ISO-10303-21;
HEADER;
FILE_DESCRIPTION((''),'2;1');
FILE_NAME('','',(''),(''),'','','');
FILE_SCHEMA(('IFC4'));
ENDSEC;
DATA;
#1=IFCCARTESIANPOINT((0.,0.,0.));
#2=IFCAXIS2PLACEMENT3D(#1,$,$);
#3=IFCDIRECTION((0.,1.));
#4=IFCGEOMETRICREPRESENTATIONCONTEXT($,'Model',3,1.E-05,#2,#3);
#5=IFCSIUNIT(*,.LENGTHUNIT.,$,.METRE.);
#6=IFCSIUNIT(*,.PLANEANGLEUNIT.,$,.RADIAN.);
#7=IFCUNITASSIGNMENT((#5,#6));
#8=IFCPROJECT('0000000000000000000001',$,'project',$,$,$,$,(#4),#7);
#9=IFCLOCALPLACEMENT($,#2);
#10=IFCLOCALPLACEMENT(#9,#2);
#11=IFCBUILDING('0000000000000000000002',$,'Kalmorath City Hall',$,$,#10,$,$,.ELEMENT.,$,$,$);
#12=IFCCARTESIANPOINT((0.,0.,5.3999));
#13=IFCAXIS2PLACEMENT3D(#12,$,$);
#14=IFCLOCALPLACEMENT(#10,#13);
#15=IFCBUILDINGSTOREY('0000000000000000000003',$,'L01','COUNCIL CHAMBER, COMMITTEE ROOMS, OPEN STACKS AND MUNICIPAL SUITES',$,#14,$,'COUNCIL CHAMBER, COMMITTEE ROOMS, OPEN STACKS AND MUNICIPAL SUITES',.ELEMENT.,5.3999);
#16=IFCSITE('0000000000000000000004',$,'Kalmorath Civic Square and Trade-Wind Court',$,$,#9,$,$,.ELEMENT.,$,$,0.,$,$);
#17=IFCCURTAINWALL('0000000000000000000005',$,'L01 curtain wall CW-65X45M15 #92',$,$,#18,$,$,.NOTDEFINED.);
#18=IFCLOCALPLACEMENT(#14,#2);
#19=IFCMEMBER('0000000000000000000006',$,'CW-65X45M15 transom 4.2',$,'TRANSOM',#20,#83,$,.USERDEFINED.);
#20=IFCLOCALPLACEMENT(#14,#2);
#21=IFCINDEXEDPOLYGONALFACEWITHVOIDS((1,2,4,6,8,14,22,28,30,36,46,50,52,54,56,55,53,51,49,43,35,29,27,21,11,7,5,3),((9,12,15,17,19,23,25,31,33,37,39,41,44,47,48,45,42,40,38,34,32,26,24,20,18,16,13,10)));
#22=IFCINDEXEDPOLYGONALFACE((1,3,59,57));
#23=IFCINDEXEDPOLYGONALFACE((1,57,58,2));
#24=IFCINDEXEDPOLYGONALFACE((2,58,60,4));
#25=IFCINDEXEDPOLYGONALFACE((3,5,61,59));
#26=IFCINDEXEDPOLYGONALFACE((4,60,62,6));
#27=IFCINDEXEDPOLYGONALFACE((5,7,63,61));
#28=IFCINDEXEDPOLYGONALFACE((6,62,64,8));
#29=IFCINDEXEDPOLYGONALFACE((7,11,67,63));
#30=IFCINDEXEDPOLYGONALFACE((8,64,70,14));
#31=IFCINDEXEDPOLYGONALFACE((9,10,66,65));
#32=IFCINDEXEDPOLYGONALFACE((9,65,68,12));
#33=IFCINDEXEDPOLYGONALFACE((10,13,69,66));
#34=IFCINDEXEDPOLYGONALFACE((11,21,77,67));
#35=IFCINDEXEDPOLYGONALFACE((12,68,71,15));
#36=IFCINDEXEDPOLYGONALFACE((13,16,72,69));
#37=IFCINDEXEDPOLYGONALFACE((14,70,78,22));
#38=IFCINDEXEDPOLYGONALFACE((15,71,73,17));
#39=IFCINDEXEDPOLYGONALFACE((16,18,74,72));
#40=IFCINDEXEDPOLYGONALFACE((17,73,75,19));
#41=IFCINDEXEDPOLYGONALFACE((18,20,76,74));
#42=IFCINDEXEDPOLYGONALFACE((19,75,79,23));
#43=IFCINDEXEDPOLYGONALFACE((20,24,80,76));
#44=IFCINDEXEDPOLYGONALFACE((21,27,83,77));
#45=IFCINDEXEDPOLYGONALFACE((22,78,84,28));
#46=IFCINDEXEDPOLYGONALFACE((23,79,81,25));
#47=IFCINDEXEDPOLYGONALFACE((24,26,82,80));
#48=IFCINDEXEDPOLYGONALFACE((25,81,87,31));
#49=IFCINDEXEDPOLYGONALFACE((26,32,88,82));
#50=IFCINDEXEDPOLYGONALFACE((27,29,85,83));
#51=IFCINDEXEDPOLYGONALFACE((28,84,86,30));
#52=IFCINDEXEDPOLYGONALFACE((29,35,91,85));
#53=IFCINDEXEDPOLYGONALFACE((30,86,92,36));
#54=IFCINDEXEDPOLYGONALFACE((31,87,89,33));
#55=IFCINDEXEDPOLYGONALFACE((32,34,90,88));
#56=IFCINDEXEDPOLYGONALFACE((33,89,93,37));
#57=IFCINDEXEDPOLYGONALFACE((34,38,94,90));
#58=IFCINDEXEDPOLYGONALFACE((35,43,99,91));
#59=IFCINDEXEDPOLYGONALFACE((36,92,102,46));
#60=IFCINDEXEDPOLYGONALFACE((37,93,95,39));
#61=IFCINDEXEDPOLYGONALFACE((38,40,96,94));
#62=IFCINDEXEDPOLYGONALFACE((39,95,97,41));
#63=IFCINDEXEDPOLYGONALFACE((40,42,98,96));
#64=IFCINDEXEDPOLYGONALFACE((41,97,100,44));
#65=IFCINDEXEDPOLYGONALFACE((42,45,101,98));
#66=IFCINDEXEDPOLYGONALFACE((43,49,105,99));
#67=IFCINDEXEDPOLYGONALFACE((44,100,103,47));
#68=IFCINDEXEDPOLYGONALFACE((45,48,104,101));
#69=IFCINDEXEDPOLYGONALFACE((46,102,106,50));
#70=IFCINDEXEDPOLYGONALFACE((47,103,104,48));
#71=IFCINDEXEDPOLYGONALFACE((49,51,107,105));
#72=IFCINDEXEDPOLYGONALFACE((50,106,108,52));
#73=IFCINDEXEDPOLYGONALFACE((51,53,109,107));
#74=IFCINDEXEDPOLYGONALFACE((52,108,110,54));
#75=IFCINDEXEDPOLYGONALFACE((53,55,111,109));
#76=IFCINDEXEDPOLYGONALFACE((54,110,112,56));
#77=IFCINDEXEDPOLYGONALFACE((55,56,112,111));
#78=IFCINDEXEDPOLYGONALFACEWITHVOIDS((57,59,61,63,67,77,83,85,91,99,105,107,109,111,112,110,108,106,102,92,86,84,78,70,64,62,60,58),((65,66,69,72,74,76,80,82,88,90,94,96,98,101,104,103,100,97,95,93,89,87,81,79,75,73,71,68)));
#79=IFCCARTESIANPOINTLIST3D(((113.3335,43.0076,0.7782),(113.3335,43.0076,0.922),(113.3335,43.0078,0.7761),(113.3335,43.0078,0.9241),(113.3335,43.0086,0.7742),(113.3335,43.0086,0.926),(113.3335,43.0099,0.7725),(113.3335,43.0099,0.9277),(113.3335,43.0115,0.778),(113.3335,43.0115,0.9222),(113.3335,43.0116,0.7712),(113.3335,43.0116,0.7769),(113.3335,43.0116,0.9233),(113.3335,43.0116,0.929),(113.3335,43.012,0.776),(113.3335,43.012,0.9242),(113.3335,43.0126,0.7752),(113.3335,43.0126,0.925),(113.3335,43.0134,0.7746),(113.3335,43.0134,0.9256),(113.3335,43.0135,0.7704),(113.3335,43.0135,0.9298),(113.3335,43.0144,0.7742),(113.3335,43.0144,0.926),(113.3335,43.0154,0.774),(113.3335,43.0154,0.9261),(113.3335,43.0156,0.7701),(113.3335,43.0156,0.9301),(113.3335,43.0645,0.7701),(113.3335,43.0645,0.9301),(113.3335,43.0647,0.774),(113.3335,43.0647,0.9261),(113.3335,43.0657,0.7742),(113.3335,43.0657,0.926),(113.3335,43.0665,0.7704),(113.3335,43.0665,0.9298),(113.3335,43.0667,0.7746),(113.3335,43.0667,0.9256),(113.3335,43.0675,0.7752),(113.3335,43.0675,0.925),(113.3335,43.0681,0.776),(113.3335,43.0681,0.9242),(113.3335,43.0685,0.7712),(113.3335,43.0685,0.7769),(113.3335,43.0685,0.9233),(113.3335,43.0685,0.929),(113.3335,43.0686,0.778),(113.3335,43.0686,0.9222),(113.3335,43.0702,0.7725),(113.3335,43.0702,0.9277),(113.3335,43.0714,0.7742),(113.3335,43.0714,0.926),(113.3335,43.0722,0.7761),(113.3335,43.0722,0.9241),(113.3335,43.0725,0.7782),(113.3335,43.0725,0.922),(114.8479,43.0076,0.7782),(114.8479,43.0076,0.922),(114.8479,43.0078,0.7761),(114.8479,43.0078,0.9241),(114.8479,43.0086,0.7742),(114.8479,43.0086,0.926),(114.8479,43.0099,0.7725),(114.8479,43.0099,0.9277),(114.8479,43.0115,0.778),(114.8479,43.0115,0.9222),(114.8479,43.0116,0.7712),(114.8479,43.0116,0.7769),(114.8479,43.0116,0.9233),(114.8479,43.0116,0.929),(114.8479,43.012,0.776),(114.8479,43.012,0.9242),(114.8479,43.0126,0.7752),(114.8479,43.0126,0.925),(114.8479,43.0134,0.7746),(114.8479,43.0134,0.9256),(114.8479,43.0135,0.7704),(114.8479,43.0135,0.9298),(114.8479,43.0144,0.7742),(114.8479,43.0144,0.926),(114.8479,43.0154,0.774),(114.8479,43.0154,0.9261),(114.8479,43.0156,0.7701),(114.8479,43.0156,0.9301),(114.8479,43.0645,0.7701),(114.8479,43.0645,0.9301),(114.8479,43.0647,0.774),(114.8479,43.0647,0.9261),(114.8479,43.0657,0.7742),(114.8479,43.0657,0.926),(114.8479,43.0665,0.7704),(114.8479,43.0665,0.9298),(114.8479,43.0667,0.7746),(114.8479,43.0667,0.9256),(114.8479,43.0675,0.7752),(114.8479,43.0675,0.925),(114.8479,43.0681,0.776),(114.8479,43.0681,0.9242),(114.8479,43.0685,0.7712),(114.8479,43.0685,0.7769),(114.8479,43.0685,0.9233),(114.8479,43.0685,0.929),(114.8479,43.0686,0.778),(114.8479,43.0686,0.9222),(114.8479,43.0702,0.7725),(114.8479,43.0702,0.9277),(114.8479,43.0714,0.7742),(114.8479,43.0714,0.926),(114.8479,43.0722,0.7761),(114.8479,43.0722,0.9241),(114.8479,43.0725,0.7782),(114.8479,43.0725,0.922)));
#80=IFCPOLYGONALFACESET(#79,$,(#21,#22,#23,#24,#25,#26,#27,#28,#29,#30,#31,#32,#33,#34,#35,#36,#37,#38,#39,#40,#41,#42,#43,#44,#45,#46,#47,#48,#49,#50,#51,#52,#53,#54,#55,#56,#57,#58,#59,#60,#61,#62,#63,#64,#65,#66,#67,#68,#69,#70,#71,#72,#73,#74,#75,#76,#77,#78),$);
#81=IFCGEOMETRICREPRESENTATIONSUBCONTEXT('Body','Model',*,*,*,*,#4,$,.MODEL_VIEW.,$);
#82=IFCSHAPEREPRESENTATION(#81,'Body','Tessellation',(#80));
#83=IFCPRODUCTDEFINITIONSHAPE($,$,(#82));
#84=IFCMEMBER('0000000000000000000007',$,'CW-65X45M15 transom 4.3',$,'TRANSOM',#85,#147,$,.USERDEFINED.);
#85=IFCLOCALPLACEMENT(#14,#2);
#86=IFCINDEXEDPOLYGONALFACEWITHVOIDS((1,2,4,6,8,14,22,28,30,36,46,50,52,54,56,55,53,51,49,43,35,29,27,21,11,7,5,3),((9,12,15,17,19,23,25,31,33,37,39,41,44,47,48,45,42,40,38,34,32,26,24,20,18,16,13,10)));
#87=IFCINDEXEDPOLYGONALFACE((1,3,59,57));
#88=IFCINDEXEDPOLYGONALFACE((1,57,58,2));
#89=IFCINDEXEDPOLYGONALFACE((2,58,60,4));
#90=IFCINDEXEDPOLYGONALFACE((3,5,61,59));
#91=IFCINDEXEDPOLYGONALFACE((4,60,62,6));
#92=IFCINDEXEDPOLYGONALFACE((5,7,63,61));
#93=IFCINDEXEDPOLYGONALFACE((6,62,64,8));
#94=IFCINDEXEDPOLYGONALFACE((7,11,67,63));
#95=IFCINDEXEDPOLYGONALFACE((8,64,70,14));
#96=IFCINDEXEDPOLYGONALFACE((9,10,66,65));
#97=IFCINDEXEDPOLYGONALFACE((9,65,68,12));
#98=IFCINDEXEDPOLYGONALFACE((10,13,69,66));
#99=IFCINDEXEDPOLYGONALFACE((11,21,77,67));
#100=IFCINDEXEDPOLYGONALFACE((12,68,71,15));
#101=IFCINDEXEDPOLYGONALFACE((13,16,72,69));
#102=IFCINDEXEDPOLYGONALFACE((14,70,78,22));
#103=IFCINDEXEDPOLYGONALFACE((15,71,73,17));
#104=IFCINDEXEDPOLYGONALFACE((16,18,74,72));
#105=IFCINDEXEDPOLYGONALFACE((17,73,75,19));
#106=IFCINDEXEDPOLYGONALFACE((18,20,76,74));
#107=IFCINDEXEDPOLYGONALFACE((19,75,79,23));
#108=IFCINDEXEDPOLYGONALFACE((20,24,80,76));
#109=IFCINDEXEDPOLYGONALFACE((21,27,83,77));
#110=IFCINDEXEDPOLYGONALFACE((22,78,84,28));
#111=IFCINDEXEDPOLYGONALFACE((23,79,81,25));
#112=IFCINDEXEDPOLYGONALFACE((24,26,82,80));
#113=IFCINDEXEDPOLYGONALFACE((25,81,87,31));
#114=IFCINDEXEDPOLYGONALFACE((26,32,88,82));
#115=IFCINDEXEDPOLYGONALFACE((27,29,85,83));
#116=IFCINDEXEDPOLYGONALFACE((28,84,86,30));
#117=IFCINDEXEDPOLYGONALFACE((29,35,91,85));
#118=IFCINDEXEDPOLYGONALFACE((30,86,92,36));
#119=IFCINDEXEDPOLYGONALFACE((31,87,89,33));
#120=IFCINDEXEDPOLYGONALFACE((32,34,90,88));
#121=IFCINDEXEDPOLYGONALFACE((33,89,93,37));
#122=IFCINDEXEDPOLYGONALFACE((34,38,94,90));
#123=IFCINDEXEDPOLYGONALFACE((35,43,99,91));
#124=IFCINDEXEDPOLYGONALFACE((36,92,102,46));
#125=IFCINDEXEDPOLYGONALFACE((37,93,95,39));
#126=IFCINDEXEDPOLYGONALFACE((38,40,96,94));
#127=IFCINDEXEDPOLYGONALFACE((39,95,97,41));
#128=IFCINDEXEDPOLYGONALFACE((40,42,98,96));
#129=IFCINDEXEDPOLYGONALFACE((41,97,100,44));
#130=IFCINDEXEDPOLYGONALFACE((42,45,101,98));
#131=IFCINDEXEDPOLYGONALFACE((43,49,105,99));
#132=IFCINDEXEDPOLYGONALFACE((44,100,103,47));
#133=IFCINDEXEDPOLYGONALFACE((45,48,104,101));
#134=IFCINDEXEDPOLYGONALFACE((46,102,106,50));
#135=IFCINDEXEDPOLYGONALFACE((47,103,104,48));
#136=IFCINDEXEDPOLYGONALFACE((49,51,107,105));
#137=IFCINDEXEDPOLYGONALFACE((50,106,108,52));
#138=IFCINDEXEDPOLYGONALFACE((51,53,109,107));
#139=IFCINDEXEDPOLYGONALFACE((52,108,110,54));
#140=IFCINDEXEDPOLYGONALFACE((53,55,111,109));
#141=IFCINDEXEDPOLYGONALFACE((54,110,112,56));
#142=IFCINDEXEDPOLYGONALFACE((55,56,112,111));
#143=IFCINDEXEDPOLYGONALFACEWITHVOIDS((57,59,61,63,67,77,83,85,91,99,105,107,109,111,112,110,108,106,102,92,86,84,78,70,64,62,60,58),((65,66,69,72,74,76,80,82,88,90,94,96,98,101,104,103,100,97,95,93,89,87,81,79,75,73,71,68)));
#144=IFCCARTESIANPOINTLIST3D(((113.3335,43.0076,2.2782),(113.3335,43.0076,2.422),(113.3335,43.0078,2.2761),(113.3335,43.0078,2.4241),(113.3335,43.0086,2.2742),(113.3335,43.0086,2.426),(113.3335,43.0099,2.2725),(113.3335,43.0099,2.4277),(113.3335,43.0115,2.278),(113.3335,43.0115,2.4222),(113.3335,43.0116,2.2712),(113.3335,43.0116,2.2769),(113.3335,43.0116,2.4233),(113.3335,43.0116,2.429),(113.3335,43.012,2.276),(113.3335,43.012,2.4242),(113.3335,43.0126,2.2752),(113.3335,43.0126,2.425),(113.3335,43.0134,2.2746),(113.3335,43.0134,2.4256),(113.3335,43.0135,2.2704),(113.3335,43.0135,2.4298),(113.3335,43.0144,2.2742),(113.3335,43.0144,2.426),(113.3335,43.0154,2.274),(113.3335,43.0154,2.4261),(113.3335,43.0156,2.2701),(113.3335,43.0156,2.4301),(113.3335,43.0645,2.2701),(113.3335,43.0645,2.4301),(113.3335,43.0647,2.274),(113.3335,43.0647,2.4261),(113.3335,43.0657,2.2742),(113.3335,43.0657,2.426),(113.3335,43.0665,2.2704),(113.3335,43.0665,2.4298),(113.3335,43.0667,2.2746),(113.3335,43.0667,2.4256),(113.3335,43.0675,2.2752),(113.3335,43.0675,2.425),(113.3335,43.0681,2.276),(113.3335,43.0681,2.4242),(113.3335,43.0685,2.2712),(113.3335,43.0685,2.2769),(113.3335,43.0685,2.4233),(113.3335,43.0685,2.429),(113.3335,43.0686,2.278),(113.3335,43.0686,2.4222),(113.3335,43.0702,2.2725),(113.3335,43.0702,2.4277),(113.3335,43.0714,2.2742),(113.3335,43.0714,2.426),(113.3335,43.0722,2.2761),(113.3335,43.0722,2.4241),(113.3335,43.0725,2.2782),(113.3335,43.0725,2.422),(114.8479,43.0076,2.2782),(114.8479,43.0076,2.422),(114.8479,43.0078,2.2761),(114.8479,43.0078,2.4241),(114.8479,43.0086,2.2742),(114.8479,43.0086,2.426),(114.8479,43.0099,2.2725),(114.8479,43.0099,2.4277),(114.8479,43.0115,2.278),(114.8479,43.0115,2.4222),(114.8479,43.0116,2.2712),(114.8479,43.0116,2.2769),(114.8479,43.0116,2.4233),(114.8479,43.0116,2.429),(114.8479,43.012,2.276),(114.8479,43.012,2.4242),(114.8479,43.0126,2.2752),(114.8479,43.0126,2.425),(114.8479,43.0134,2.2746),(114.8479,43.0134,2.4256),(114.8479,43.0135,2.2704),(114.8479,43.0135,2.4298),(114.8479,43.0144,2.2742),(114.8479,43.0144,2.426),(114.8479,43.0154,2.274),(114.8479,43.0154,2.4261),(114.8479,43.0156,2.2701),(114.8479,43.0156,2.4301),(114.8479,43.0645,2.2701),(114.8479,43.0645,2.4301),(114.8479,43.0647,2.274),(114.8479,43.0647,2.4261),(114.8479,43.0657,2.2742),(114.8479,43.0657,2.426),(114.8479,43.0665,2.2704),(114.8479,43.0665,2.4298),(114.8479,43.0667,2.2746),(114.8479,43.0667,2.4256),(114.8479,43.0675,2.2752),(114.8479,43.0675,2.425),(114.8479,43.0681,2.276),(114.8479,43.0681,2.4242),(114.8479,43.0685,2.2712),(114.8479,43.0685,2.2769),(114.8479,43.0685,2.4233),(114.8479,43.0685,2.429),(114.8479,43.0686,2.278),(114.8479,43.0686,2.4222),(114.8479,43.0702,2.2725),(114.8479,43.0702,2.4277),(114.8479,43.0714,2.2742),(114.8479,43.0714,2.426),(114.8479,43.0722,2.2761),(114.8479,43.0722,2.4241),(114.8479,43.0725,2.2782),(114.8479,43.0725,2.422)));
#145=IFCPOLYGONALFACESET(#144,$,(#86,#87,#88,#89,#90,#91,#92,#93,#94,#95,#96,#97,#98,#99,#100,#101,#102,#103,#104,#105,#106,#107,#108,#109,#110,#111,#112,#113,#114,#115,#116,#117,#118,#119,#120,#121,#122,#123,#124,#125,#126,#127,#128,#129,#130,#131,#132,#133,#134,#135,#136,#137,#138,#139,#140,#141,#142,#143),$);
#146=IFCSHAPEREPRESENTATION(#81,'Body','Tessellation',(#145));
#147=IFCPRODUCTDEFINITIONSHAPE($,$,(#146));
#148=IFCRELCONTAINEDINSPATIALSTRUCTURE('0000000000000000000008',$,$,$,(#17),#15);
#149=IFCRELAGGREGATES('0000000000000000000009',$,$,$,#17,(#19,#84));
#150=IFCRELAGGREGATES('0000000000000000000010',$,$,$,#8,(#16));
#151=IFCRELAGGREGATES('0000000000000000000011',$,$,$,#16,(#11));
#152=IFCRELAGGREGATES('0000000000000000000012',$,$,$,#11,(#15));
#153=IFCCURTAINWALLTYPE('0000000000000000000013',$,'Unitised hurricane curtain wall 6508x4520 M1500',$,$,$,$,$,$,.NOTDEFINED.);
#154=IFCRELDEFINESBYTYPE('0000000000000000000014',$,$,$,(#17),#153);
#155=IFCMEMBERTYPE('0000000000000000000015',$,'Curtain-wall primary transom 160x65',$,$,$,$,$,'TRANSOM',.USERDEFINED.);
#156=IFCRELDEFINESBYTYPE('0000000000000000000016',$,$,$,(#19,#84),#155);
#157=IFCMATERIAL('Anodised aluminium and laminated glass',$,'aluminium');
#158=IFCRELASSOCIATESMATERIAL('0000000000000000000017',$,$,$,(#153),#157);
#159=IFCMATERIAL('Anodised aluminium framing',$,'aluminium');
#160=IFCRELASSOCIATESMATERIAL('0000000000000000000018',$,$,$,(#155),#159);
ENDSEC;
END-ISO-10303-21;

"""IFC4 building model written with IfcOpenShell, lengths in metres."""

from ifc_helpers import new_model, si_unit, direction, frame, origin, origin_2d, place, context, subcontext, project, spatial, hollow_rectangle, extrude, material, material_profile, profile_set, type_object, element, aggregate, save


model = new_model("IFC4")

# Units and contexts
model_context = context("Model", 3, precision=1e-05, world=origin(), true_north=direction((0.0, 1.0)))
body_context = subcontext(model_context, "Body", "Model", "MODEL_VIEW")
ifc_project = project(units=[si_unit("LENGTHUNIT", "METRE"), si_unit("PLANEANGLEUNIT", "RADIAN")], contexts=[model_context])

# Site, building, storey
site_placement = place(None, origin())
site = spatial("IfcSite", under=ifc_project, at=site_placement, Name="Kalmorath Civic Square and Trade-Wind Court", CompositionType="ELEMENT", RefElevation=0.0)
building_placement = place(site_placement, origin())
building = spatial("IfcBuilding", under=site, at=building_placement, Name="Kalmorath City Hall", CompositionType="ELEMENT")
storey_placement = place(building_placement, frame((0.0, 0.0, 5.3999)))
storey = spatial("IfcBuildingStorey", under=building, at=storey_placement, Name="L01", Description="COUNCIL CHAMBER, COMMITTEE ROOMS, OPEN STACKS AND MUNICIPAL SUITES", LongName="COUNCIL CHAMBER, COMMITTEE ROOMS, OPEN STACKS AND MUNICIPAL SUITES", CompositionType="ELEMENT", Elevation=5.3999)

# Curtain wall, members
ifc_material_1 = material(Name="Anodised aluminium and laminated glass", Category="aluminium")
curtain_wall_type = type_object("IfcCurtainWallType", Name="Unitised hurricane curtain wall 6508x4520 M1500", PredefinedType="NOTDEFINED", material=ifc_material_1)
curtain_wall_placement = place(storey_placement, origin())
curtain_wall = element("IfcCurtainWall", 1, at=curtain_wall_placement, inside=storey, type_object=curtain_wall_type, Name="L01 curtain wall CW-65X45M15 #92", PredefinedType="NOTDEFINED")
ifc_material_2 = material(Name="Anodised aluminium framing", Category="aluminium")
ifc_material_profile_1 = material_profile(ifc_material_2, hollow_rectangle(XDim=0.0649, YDim=0.1599, WallThickness=0.0039, InnerFilletRadius=0.0039, OuterFilletRadius=0.0081, at=origin_2d()), Name="ALU-TRN-160X65X4")
ifc_profile_set_1 = profile_set([ifc_material_profile_1], Name="Anodised aluminium framing")
member_type_1 = type_object("IfcMemberType", Name="Curtain-wall primary transom 160x65", ElementType="TRANSOM", PredefinedType="USERDEFINED", material=ifc_profile_set_1)
member_1_placement = place(storey_placement, frame((113.3335, 43.04, 0.8501), z_axis=(1.0, 0.0, 0.0), x_axis=(0.0, 1.0, 0.0)))
member_1 = element("IfcMember", 2, at=member_1_placement, type_object=member_type_1, Name="CW-65X45M15 transom 4.2", ObjectType="TRANSOM", PredefinedType="USERDEFINED", context=body_context, shape_type="SweptSolid", body=[
    extrude(hollow_rectangle(XDim=0.0649, YDim=0.1599, WallThickness=0.0039, InnerFilletRadius=0.0039, OuterFilletRadius=0.0081, at=origin_2d()), origin(), (0.0, 0.0, 1.0), 1.5144),
])
member_2_placement = place(storey_placement, frame((113.3335, 43.04, 2.3501), z_axis=(1.0, 0.0, 0.0), x_axis=(0.0, 1.0, 0.0)))
member_2 = element("IfcMember", 3, at=member_2_placement, type_object=member_type_1, Name="CW-65X45M15 transom 4.3", ObjectType="TRANSOM", PredefinedType="USERDEFINED", context=body_context, shape_type="SweptSolid", body=[
    extrude(hollow_rectangle(XDim=0.0649, YDim=0.1599, WallThickness=0.0039, InnerFilletRadius=0.0039, OuterFilletRadius=0.0081, at=origin_2d()), origin(), (0.0, 0.0, 1.0), 1.5144),
])
aggregate(curtain_wall, [member_1, member_2])

save(model, "model.ifc")
